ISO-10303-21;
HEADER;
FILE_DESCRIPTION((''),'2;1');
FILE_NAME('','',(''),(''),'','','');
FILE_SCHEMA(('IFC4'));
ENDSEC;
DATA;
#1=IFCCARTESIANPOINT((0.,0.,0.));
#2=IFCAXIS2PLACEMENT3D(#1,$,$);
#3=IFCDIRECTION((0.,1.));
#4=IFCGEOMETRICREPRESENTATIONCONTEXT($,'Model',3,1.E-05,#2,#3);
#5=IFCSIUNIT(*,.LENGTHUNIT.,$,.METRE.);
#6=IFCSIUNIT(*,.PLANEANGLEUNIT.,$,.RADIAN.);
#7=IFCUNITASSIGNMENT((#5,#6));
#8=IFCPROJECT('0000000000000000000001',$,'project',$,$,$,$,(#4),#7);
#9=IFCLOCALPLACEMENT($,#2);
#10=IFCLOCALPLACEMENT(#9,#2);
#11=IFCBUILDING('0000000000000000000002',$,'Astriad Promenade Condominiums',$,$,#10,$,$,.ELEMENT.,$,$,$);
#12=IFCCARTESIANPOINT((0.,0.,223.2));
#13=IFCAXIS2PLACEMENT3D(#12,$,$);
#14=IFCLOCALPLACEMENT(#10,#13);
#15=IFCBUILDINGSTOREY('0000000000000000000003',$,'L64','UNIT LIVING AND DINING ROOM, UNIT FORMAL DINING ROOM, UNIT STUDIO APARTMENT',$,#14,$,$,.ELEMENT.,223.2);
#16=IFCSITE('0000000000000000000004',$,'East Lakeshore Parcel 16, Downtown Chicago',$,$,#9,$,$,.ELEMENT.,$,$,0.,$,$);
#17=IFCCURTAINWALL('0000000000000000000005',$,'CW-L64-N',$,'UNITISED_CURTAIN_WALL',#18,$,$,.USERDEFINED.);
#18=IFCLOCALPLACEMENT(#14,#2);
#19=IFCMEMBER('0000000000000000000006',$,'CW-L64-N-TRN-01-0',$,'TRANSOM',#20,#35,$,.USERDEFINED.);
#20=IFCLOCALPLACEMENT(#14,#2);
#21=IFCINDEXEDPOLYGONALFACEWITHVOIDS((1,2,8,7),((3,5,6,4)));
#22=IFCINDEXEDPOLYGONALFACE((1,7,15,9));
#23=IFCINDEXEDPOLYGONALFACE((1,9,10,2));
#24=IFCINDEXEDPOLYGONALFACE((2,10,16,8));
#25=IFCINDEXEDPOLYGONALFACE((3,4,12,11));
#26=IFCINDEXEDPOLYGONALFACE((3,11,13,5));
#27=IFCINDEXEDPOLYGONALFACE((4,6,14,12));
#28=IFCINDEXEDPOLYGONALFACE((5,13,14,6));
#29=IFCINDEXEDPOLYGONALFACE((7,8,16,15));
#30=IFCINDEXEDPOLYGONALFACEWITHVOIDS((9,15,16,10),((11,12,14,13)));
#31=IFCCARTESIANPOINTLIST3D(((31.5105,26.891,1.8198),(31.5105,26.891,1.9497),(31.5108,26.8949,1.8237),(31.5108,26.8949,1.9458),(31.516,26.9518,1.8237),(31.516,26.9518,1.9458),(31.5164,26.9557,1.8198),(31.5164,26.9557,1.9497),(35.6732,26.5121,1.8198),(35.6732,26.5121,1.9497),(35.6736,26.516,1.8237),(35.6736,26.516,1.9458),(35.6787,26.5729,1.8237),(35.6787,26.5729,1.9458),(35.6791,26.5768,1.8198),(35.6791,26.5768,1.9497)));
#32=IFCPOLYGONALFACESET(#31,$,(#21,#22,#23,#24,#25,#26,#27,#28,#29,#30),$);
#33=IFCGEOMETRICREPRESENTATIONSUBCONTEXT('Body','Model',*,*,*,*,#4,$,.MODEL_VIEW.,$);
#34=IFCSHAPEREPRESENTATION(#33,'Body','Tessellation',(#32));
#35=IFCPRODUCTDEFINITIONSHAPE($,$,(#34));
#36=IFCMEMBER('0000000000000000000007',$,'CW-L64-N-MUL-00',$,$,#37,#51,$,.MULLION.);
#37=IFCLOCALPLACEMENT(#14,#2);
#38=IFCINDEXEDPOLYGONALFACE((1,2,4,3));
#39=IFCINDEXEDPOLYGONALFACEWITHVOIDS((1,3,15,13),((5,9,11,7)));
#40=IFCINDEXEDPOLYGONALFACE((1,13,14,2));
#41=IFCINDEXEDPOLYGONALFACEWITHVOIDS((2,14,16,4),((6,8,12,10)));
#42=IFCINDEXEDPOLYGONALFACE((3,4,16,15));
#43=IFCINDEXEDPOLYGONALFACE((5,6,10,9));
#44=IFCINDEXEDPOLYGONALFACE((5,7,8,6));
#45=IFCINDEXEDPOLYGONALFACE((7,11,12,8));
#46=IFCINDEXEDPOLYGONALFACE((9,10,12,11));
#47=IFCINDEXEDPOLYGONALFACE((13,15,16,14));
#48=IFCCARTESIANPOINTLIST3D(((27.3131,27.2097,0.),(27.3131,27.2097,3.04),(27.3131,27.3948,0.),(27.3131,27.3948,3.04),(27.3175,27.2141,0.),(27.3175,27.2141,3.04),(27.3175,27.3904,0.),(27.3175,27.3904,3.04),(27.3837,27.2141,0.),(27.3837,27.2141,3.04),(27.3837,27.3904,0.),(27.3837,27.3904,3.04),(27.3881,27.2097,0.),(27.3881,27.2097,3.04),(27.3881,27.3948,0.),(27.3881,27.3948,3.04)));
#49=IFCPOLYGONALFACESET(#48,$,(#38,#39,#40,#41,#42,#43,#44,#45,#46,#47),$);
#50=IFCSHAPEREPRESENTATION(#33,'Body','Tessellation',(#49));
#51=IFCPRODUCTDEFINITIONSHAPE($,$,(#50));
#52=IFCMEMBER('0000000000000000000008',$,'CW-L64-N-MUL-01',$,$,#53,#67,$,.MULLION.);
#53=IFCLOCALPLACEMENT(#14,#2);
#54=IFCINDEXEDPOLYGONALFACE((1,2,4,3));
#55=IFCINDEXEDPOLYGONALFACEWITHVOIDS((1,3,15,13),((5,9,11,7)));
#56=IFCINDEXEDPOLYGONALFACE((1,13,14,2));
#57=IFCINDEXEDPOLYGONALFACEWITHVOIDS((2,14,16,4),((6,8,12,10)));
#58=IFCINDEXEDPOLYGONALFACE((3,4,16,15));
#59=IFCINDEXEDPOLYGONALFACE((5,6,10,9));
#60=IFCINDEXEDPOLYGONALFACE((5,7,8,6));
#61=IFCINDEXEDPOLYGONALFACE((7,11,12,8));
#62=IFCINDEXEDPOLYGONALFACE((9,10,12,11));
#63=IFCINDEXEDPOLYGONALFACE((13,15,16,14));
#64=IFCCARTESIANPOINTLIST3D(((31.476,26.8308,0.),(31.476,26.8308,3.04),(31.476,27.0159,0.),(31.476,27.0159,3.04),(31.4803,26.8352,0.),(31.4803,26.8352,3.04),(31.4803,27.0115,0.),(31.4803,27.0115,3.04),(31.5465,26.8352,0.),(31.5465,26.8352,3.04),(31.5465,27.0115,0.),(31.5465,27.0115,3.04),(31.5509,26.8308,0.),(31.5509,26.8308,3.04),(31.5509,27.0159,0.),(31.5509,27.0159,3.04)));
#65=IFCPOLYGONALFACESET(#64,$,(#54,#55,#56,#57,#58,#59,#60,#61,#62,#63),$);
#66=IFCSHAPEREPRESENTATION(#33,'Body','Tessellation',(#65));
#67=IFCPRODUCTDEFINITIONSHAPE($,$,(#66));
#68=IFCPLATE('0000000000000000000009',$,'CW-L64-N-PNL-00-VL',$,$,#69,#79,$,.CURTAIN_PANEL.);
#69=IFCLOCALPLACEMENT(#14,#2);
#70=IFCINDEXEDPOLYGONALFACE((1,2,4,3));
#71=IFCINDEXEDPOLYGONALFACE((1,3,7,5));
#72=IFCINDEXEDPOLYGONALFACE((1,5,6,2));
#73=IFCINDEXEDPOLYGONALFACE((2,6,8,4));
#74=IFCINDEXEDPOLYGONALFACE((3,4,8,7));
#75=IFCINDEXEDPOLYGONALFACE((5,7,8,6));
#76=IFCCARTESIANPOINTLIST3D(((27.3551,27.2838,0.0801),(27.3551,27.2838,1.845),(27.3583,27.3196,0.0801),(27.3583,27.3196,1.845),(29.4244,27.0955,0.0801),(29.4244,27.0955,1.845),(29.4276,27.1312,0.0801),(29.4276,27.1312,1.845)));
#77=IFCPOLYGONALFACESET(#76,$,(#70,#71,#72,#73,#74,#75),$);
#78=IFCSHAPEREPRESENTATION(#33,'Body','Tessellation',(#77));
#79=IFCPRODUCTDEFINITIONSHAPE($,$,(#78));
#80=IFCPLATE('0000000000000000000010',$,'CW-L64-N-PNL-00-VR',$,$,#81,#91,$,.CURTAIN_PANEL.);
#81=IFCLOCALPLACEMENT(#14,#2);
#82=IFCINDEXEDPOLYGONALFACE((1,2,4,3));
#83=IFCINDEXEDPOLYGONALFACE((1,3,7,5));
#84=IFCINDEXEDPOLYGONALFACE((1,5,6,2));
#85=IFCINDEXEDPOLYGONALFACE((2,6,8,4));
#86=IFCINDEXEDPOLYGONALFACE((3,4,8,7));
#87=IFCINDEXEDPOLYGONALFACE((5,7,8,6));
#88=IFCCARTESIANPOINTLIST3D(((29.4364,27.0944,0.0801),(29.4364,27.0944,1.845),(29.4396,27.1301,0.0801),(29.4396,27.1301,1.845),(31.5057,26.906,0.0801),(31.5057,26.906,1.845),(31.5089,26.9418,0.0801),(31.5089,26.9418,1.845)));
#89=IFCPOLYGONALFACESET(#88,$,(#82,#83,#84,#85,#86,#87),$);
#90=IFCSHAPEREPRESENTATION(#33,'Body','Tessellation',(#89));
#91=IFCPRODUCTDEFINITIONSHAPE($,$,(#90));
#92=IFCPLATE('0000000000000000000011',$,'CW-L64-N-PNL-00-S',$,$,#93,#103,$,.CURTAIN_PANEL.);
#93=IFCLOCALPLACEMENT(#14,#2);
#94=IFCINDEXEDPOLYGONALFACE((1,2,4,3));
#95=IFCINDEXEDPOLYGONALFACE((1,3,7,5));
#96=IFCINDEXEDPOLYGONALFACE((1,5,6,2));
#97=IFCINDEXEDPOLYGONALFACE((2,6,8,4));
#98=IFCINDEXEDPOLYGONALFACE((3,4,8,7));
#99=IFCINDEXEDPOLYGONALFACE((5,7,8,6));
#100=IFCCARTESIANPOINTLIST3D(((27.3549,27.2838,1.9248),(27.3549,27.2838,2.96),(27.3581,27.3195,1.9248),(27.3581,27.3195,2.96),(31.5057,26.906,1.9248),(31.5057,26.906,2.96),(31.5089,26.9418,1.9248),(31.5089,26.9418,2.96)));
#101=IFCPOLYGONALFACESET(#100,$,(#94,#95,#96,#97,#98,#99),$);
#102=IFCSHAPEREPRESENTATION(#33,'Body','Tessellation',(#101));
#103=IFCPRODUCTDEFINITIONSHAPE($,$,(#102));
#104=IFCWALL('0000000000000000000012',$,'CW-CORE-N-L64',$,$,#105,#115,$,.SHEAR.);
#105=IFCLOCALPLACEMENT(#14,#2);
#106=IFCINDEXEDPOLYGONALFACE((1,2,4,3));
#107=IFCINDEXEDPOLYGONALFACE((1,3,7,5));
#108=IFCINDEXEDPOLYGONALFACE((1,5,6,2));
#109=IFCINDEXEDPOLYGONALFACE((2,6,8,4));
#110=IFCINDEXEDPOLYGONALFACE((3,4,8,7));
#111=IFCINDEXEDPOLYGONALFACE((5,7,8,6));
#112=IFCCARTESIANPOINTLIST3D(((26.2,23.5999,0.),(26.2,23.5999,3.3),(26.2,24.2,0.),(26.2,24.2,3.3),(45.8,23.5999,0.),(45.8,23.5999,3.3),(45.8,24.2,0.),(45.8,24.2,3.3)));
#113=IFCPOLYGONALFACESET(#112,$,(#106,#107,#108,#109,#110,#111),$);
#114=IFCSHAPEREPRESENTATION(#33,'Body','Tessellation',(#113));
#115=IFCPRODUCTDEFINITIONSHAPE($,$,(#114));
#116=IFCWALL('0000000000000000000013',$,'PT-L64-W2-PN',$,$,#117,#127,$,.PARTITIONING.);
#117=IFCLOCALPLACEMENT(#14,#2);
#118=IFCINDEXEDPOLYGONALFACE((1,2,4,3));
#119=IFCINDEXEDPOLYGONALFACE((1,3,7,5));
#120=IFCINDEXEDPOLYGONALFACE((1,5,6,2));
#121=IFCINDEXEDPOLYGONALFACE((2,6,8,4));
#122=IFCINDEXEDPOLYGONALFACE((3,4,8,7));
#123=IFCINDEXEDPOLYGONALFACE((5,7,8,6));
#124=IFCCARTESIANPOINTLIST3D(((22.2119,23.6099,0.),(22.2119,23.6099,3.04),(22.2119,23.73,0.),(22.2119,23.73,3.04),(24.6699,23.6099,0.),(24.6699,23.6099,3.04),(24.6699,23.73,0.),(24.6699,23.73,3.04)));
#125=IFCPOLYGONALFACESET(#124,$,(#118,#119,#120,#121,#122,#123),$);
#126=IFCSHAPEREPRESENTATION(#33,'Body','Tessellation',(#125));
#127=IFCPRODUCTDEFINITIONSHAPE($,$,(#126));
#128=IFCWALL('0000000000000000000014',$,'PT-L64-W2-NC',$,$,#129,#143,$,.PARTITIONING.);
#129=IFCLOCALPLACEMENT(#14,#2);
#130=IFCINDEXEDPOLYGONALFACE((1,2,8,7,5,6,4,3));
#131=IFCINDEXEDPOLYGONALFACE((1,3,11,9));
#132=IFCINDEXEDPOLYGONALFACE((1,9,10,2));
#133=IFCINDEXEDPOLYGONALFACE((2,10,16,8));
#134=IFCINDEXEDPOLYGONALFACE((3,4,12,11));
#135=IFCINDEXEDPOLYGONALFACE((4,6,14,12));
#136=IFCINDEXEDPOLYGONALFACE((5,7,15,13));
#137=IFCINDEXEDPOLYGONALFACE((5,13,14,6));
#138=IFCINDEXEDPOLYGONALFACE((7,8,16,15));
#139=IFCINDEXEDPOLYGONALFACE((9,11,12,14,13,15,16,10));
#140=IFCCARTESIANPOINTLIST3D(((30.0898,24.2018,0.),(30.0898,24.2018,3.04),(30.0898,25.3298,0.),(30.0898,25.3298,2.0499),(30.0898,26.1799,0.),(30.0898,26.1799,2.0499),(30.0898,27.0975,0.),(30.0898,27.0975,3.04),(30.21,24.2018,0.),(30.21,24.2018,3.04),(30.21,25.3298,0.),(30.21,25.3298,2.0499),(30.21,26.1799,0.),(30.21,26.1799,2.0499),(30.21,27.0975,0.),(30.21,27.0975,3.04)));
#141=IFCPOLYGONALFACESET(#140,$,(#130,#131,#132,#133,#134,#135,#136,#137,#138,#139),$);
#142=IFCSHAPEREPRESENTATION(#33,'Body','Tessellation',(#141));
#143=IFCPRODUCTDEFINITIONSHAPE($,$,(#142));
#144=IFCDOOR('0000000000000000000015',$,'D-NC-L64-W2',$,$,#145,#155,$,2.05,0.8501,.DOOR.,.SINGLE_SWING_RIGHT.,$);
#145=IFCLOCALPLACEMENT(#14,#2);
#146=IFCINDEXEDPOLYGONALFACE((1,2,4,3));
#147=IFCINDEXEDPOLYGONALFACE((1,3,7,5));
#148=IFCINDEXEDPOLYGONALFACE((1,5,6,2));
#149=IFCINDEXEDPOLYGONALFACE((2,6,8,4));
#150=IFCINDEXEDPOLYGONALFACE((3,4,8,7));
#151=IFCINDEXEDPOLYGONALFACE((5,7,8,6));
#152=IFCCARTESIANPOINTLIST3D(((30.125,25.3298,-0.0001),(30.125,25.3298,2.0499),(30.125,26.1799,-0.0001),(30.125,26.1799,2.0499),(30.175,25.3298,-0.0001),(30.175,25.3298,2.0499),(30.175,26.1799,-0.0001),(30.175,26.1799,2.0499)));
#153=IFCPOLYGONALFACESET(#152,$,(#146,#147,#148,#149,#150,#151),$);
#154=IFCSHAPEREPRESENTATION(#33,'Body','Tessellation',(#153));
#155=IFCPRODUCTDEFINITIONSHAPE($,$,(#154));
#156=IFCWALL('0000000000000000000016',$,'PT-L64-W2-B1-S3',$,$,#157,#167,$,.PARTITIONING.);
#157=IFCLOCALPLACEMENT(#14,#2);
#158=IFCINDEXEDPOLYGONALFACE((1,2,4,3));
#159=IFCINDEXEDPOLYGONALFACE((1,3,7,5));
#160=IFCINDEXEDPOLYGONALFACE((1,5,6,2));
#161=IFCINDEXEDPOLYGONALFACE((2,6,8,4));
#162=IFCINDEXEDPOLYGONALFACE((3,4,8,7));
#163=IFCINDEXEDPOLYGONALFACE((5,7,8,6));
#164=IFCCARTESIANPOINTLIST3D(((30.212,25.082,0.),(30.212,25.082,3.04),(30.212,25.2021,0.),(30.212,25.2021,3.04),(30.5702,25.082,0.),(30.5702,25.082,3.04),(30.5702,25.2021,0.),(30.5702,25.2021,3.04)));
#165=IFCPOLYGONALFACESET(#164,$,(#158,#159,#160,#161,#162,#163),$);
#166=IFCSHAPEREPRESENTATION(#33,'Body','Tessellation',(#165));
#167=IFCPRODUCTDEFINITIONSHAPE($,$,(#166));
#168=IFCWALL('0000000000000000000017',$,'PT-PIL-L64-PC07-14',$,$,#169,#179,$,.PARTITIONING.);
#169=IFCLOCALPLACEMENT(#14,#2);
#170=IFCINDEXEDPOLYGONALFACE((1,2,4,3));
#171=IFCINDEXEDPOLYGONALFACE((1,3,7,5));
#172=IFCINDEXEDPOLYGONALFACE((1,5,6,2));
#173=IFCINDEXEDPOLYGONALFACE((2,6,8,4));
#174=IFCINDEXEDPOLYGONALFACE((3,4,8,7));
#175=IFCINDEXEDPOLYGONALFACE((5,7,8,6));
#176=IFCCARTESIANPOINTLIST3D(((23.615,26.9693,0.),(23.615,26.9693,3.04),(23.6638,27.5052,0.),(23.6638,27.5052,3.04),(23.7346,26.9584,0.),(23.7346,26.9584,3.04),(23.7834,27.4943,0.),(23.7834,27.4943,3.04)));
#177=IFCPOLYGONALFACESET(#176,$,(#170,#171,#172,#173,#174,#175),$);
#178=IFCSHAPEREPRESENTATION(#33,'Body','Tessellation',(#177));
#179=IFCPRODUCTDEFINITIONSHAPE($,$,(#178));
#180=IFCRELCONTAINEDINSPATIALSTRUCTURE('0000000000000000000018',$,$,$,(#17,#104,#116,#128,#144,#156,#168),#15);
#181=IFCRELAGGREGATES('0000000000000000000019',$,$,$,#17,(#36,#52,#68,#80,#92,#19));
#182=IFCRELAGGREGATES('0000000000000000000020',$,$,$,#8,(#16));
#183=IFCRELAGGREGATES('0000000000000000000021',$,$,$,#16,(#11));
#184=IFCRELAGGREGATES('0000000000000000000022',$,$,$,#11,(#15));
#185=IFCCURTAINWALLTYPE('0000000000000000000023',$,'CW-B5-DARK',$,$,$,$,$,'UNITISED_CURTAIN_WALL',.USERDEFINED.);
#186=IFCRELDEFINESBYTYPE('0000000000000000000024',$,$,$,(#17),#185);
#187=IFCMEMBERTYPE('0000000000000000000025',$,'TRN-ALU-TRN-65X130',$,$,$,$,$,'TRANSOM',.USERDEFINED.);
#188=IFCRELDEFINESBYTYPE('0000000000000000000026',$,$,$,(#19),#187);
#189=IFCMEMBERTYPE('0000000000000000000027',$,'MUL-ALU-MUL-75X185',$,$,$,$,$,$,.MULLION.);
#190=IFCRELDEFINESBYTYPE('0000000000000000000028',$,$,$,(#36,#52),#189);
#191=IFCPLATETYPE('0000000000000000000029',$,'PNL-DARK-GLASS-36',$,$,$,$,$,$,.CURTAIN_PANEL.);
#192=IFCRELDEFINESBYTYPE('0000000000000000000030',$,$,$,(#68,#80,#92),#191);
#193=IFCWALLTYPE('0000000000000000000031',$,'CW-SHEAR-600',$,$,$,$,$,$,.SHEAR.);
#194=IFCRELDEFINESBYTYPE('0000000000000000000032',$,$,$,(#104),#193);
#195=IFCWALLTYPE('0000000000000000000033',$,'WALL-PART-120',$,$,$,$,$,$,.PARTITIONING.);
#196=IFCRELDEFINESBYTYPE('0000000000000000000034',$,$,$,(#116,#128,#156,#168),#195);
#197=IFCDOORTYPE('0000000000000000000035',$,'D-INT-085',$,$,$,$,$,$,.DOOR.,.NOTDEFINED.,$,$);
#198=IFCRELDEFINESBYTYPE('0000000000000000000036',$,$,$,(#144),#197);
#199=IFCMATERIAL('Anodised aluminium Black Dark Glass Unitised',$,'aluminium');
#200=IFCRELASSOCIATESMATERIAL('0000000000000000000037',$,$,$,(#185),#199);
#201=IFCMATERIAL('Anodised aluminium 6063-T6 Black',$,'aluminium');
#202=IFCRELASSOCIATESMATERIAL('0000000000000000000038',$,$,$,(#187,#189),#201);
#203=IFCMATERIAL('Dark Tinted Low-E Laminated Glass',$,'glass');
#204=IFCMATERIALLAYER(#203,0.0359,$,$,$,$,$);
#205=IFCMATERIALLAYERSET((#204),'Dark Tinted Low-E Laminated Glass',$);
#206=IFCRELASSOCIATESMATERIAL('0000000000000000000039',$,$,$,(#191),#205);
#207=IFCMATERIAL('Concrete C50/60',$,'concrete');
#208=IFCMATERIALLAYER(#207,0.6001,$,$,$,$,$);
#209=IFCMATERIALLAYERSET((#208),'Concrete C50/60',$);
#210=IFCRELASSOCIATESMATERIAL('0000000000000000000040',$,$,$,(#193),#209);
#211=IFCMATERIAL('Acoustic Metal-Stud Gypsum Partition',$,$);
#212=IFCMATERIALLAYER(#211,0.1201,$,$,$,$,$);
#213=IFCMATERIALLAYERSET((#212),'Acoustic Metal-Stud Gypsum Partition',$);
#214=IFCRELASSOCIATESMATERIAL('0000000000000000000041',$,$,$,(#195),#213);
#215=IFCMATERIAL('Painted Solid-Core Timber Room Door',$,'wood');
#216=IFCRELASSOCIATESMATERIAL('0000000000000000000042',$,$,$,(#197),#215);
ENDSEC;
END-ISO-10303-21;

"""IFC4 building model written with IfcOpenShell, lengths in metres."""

from ifc_helpers import new_model, si_unit, direction, frame, frame_2d, origin, origin_2d, place, context, subcontext, project, spatial, rectangle, hollow_rectangle, extrude, source, transform, mapped, material, layer, layer_set, material_profile, profile_set, type_object, type_shapes, element, fill, aggregate, save


model = new_model("IFC4")

# Units and contexts
model_context = context("Model", 3, precision=1e-05, world=origin(), true_north=direction((0.0, 1.0)))
body_context = subcontext(model_context, "Body", "Model", "MODEL_VIEW")
ifc_project = project(units=[si_unit("LENGTHUNIT", "METRE"), si_unit("PLANEANGLEUNIT", "RADIAN")], contexts=[model_context])

# Site, building, storey
site_placement = place(None, origin())
site = spatial("IfcSite", under=ifc_project, at=site_placement, Name="East Lakeshore Parcel 16, Downtown Chicago", CompositionType="ELEMENT", RefElevation=0.0)
building_placement = place(site_placement, origin())
building = spatial("IfcBuilding", under=site, at=building_placement, Name="Astriad Promenade Condominiums", CompositionType="ELEMENT")
storey_placement = place(building_placement, frame((0.0, 0.0, 223.2)))
storey = spatial("IfcBuildingStorey", under=building, at=storey_placement, Name="L64", Description="UNIT LIVING AND DINING ROOM, UNIT FORMAL DINING ROOM, UNIT STUDIO APARTMENT", CompositionType="ELEMENT", Elevation=223.2)

# Shared definitions
ifc_material_1 = material(Name="Concrete C50/60", Category="concrete")

# Curtain wall, members, plates
ifc_material_2 = material(Name="Anodised aluminium Black Dark Glass Unitised", Category="aluminium")
curtain_wall_type = type_object("IfcCurtainWallType", Name="CW-B5-DARK", ElementType="UNITISED_CURTAIN_WALL", PredefinedType="USERDEFINED", material=ifc_material_2)
curtain_wall_placement = place(storey_placement, origin())
curtain_wall = element("IfcCurtainWall", 1, at=curtain_wall_placement, inside=storey, type_object=curtain_wall_type, Name="CW-L64-N", ObjectType="UNITISED_CURTAIN_WALL", PredefinedType="USERDEFINED")
ifc_material_3 = material(Name="Anodised aluminium 6063-T6 Black", Category="aluminium")
ifc_material_profile_1 = material_profile(ifc_material_3, hollow_rectangle(XDim=0.0649, YDim=0.1299, WallThickness=0.0039, at=origin_2d()), Name="ALU-TRN-65X130")
ifc_profile_set_1 = profile_set([ifc_material_profile_1], Name="Anodised aluminium 6063-T6 Black")
member_type_1 = type_object("IfcMemberType", Name="TRN-ALU-TRN-65X130", ElementType="TRANSOM", PredefinedType="USERDEFINED", material=ifc_profile_set_1)
shared_shape_1 = source(origin(), body_context, "Body", "SweptSolid", [
    extrude(hollow_rectangle(XDim=0.0649, YDim=0.1299, WallThickness=0.0039, at=origin_2d()), origin(), (0.0, 0.0, 1.0), 4.1799),
])
type_shapes(member_type_1, [shared_shape_1])
member_1_placement = place(storey_placement, frame((31.5134, 26.9233, 1.8848), z_axis=(0.995883, -0.090646, 0.0), x_axis=(0.090646, 0.995883, 0.0)))
member_1 = element("IfcMember", 2, at=member_1_placement, type_object=member_type_1, Name="CW-L64-N-TRN-01-0", ObjectType="TRANSOM", PredefinedType="USERDEFINED", context=body_context, shape_type="MappedRepresentation", body=[
    mapped(shared_shape_1, transform((0.0, 0.0, 0.0), scale=1.0)),
])
ifc_material_profile_2 = material_profile(ifc_material_3, hollow_rectangle(XDim=0.075, YDim=0.1851, WallThickness=0.0044, at=origin_2d()), Name="ALU-MUL-75X185")
ifc_profile_set_2 = profile_set([ifc_material_profile_2], Name="Anodised aluminium 6063-T6 Black")
member_type_2 = type_object("IfcMemberType", Name="MUL-ALU-MUL-75X185", PredefinedType="MULLION", material=ifc_profile_set_2)
shared_shape_2 = source(origin(), body_context, "Body", "SweptSolid", [
    extrude(hollow_rectangle(XDim=0.075, YDim=0.1851, WallThickness=0.0044, at=origin_2d()), origin(), (0.0, 0.0, 1.0), 3.04),
])
type_shapes(member_type_2, [shared_shape_2])
member_2_placement = place(storey_placement, frame((27.3506, 27.3022, 0.0), z_axis=(0.0, 0.0, 1.0), x_axis=(1.0, 0.0, 0.0)))
member_2 = element("IfcMember", 3, at=member_2_placement, type_object=member_type_2, Name="CW-L64-N-MUL-00", PredefinedType="MULLION", context=body_context, shape_type="MappedRepresentation", body=[
    mapped(shared_shape_2, transform((0.0, 0.0, 0.0), scale=1.0)),
])
member_3_placement = place(storey_placement, frame((31.5134, 26.9233, 0.0), z_axis=(0.0, 0.0, 1.0), x_axis=(1.0, 0.0, 0.0)))
member_3 = element("IfcMember", 4, at=member_3_placement, type_object=member_type_2, Name="CW-L64-N-MUL-01", PredefinedType="MULLION", context=body_context, shape_type="MappedRepresentation", body=[
    mapped(shared_shape_2, transform((0.0, 0.0, 0.0), scale=1.0)),
])
ifc_material_4 = material(Name="Dark Tinted Low-E Laminated Glass", Category="glass")
ifc_layer_1 = layer(ifc_material_4, 0.0359)
ifc_layer_set_1 = layer_set([ifc_layer_1], Name="Dark Tinted Low-E Laminated Glass")
plate_type = type_object("IfcPlateType", Name="PNL-DARK-GLASS-36", PredefinedType="CURTAIN_PANEL", material=ifc_layer_set_1)
shared_shape_3 = source(origin(), body_context, "Body", "SweptSolid", [
    extrude(rectangle(XDim=2.0779, YDim=0.0359, at=origin_2d()), origin(), (0.0, 0.0, 1.0), 1.7649),
])
plate_1_placement = place(storey_placement, frame((28.3914, 27.2075, 0.0801), z_axis=(0.0, 0.0, 1.0), x_axis=(0.995884, -0.090633, 0.0)))
plate_1 = element("IfcPlate", 5, at=plate_1_placement, type_object=plate_type, Name="CW-L64-N-PNL-00-VL", PredefinedType="CURTAIN_PANEL", context=body_context, shape_type="MappedRepresentation", body=[
    mapped(shared_shape_3, transform((0.0, 0.0, 0.0), scale=1.0)),
])
plate_2_placement = place(storey_placement, frame((30.4727, 27.0181, 0.0801), z_axis=(0.0, 0.0, 1.0), x_axis=(0.995884, -0.090633, 0.0)))
plate_2 = element("IfcPlate", 6, at=plate_2_placement, type_object=plate_type, Name="CW-L64-N-PNL-00-VR", PredefinedType="CURTAIN_PANEL", context=body_context, shape_type="MappedRepresentation", body=[
    mapped(shared_shape_3, transform((0.0, 0.0, 0.0), scale=1.0)),
])
shared_shape_4 = source(origin(), body_context, "Body", "SweptSolid", [
    extrude(rectangle(XDim=4.168, YDim=0.0359, at=origin_2d()), origin(), (0.0, 0.0, 1.0), 1.0352),
])
type_shapes(plate_type, [shared_shape_3, shared_shape_4])
plate_3_placement = place(storey_placement, frame((29.4319, 27.1128, 1.9248), z_axis=(0.0, 0.0, 1.0), x_axis=(0.995884, -0.090633, 0.0)))
plate_3 = element("IfcPlate", 7, at=plate_3_placement, type_object=plate_type, Name="CW-L64-N-PNL-00-S", PredefinedType="CURTAIN_PANEL", context=body_context, shape_type="MappedRepresentation", body=[
    mapped(shared_shape_4, transform((0.0, 0.0, 0.0), scale=1.0)),
])
aggregate(curtain_wall, [member_2, member_3, plate_1, plate_2, plate_3, member_1])

# Walls
ifc_layer_2 = layer(ifc_material_1, 0.6001)
ifc_layer_set_2 = layer_set([ifc_layer_2], Name="Concrete C50/60")
wall_type_1 = type_object("IfcWallType", Name="CW-SHEAR-600", PredefinedType="SHEAR", material=ifc_layer_set_2)
wall_1_placement = place(storey_placement, frame((26.2, 23.8999, 0.0), z_axis=(0.0, 0.0, 1.0), x_axis=(1.0, 0.0, 0.0)))
element("IfcWall", 8, at=wall_1_placement, inside=storey, type_object=wall_type_1, Name="CW-CORE-N-L64", PredefinedType="SHEAR", context=body_context, shape_type="SweptSolid", body=[
    extrude(rectangle(XDim=19.6001, YDim=0.6001, at=frame_2d((9.8, 0.0))), origin(), (0.0, 0.0, 1.0), 3.3),
])
ifc_material_5 = material(Name="Acoustic Metal-Stud Gypsum Partition")
ifc_layer_3 = layer(ifc_material_5, 0.1201)
ifc_layer_set_3 = layer_set([ifc_layer_3], Name="Acoustic Metal-Stud Gypsum Partition")
wall_type_2 = type_object("IfcWallType", Name="WALL-PART-120", PredefinedType="PARTITIONING", material=ifc_layer_set_3)
wall_2_placement = place(storey_placement, frame((22.2119, 23.6699, 0.0), z_axis=(0.0, 0.0, 1.0), x_axis=(1.0, 0.0, 0.0)))
element("IfcWall", 9, at=wall_2_placement, inside=storey, type_object=wall_type_2, Name="PT-L64-W2-PN", PredefinedType="PARTITIONING", context=body_context, shape_type="SweptSolid", body=[
    extrude(rectangle(XDim=2.458, YDim=0.1201, at=frame_2d((1.229, 0.0))), origin(), (0.0, 0.0, 1.0), 3.04),
])

# Wall, opening, door
wall_3_placement = place(storey_placement, frame((30.1499, 24.2019, 0.0), z_axis=(0.0, 0.0, 1.0), x_axis=(0.0, 1.0, 0.0)))
wall_3 = element("IfcWall", 10, at=wall_3_placement, inside=storey, type_object=wall_type_2, Name="PT-L64-W2-NC", PredefinedType="PARTITIONING", context=body_context, shape_type="SweptSolid", body=[
    extrude(rectangle(XDim=2.8958, YDim=0.1201, at=frame_2d((1.4478, 0.0))), origin(), (0.0, 0.0, 1.0), 3.04),
])
opening_placement = place(wall_3_placement, frame((1.1279, 0.0, 0.0)))
opening = element("IfcOpeningElement", 11, at=opening_placement, cuts=wall_3, PredefinedType="OPENING", context=body_context, shape_type="SweptSolid", body=[
    extrude(rectangle(XDim=0.8501, YDim=2.05, at=frame_2d((0.425, 1.0249))), frame((0.0, 0.0701, 0.0), z_axis=(0.0, -1.0, 0.0), x_axis=(1.0, 0.0, 0.0)), (0.0, 0.0, 1.0), 0.1401),
])
ifc_material_6 = material(Name="Painted Solid-Core Timber Room Door", Category="wood")
door_type = type_object("IfcDoorType", Name="D-INT-085", OperationType="NOTDEFINED", PredefinedType="DOOR", material=ifc_material_6)
shared_shape_5 = source(origin(), body_context, "Body", "SweptSolid", [
    extrude(rectangle(XDim=0.8501, YDim=2.05, at=frame_2d((0.425, 1.0249))), frame((0.0, 0.0249, 0.0), z_axis=(0.0, -1.0, 0.0), x_axis=(1.0, 0.0, 0.0)), (0.0, 0.0, 1.0), 0.05),
])
type_shapes(door_type, [shared_shape_5])
door_placement = place(opening_placement, origin())
door = element("IfcDoor", 12, at=door_placement, inside=storey, type_object=door_type, Name="D-NC-L64-W2", OperationType="SINGLE_SWING_RIGHT", OverallHeight=2.05, OverallWidth=0.8501, PredefinedType="DOOR", context=body_context, shape_type="MappedRepresentation", body=[
    mapped(shared_shape_5, transform((0.0, 0.0, 0.0), scale=1.0)),
])
fill(opening, door)

# Walls
wall_4_placement = place(storey_placement, frame((30.2119, 25.1421, 0.0), z_axis=(0.0, 0.0, 1.0), x_axis=(1.0, 0.0, 0.0)))
element("IfcWall", 13, at=wall_4_placement, inside=storey, type_object=wall_type_2, Name="PT-L64-W2-B1-S3", PredefinedType="PARTITIONING", context=body_context, shape_type="SweptSolid", body=[
    extrude(rectangle(XDim=0.3582, YDim=0.1201, at=frame_2d((0.1792, 0.0))), origin(), (0.0, 0.0, 1.0), 3.04),
])
wall_5_placement = place(storey_placement, frame((23.6748, 26.9639, 0.0), z_axis=(0.0, 0.0, 1.0), x_axis=(0.09074, 0.995875, 0.0)))
element("IfcWall", 14, at=wall_5_placement, inside=storey, type_object=wall_type_2, Name="PT-PIL-L64-PC07-14", PredefinedType="PARTITIONING", context=body_context, shape_type="SweptSolid", body=[
    extrude(rectangle(XDim=0.5381, YDim=0.1201, at=frame_2d((0.269, 0.0))), origin(), (0.0, 0.0, 1.0), 3.04),
])

save(model, "model.ifc")
